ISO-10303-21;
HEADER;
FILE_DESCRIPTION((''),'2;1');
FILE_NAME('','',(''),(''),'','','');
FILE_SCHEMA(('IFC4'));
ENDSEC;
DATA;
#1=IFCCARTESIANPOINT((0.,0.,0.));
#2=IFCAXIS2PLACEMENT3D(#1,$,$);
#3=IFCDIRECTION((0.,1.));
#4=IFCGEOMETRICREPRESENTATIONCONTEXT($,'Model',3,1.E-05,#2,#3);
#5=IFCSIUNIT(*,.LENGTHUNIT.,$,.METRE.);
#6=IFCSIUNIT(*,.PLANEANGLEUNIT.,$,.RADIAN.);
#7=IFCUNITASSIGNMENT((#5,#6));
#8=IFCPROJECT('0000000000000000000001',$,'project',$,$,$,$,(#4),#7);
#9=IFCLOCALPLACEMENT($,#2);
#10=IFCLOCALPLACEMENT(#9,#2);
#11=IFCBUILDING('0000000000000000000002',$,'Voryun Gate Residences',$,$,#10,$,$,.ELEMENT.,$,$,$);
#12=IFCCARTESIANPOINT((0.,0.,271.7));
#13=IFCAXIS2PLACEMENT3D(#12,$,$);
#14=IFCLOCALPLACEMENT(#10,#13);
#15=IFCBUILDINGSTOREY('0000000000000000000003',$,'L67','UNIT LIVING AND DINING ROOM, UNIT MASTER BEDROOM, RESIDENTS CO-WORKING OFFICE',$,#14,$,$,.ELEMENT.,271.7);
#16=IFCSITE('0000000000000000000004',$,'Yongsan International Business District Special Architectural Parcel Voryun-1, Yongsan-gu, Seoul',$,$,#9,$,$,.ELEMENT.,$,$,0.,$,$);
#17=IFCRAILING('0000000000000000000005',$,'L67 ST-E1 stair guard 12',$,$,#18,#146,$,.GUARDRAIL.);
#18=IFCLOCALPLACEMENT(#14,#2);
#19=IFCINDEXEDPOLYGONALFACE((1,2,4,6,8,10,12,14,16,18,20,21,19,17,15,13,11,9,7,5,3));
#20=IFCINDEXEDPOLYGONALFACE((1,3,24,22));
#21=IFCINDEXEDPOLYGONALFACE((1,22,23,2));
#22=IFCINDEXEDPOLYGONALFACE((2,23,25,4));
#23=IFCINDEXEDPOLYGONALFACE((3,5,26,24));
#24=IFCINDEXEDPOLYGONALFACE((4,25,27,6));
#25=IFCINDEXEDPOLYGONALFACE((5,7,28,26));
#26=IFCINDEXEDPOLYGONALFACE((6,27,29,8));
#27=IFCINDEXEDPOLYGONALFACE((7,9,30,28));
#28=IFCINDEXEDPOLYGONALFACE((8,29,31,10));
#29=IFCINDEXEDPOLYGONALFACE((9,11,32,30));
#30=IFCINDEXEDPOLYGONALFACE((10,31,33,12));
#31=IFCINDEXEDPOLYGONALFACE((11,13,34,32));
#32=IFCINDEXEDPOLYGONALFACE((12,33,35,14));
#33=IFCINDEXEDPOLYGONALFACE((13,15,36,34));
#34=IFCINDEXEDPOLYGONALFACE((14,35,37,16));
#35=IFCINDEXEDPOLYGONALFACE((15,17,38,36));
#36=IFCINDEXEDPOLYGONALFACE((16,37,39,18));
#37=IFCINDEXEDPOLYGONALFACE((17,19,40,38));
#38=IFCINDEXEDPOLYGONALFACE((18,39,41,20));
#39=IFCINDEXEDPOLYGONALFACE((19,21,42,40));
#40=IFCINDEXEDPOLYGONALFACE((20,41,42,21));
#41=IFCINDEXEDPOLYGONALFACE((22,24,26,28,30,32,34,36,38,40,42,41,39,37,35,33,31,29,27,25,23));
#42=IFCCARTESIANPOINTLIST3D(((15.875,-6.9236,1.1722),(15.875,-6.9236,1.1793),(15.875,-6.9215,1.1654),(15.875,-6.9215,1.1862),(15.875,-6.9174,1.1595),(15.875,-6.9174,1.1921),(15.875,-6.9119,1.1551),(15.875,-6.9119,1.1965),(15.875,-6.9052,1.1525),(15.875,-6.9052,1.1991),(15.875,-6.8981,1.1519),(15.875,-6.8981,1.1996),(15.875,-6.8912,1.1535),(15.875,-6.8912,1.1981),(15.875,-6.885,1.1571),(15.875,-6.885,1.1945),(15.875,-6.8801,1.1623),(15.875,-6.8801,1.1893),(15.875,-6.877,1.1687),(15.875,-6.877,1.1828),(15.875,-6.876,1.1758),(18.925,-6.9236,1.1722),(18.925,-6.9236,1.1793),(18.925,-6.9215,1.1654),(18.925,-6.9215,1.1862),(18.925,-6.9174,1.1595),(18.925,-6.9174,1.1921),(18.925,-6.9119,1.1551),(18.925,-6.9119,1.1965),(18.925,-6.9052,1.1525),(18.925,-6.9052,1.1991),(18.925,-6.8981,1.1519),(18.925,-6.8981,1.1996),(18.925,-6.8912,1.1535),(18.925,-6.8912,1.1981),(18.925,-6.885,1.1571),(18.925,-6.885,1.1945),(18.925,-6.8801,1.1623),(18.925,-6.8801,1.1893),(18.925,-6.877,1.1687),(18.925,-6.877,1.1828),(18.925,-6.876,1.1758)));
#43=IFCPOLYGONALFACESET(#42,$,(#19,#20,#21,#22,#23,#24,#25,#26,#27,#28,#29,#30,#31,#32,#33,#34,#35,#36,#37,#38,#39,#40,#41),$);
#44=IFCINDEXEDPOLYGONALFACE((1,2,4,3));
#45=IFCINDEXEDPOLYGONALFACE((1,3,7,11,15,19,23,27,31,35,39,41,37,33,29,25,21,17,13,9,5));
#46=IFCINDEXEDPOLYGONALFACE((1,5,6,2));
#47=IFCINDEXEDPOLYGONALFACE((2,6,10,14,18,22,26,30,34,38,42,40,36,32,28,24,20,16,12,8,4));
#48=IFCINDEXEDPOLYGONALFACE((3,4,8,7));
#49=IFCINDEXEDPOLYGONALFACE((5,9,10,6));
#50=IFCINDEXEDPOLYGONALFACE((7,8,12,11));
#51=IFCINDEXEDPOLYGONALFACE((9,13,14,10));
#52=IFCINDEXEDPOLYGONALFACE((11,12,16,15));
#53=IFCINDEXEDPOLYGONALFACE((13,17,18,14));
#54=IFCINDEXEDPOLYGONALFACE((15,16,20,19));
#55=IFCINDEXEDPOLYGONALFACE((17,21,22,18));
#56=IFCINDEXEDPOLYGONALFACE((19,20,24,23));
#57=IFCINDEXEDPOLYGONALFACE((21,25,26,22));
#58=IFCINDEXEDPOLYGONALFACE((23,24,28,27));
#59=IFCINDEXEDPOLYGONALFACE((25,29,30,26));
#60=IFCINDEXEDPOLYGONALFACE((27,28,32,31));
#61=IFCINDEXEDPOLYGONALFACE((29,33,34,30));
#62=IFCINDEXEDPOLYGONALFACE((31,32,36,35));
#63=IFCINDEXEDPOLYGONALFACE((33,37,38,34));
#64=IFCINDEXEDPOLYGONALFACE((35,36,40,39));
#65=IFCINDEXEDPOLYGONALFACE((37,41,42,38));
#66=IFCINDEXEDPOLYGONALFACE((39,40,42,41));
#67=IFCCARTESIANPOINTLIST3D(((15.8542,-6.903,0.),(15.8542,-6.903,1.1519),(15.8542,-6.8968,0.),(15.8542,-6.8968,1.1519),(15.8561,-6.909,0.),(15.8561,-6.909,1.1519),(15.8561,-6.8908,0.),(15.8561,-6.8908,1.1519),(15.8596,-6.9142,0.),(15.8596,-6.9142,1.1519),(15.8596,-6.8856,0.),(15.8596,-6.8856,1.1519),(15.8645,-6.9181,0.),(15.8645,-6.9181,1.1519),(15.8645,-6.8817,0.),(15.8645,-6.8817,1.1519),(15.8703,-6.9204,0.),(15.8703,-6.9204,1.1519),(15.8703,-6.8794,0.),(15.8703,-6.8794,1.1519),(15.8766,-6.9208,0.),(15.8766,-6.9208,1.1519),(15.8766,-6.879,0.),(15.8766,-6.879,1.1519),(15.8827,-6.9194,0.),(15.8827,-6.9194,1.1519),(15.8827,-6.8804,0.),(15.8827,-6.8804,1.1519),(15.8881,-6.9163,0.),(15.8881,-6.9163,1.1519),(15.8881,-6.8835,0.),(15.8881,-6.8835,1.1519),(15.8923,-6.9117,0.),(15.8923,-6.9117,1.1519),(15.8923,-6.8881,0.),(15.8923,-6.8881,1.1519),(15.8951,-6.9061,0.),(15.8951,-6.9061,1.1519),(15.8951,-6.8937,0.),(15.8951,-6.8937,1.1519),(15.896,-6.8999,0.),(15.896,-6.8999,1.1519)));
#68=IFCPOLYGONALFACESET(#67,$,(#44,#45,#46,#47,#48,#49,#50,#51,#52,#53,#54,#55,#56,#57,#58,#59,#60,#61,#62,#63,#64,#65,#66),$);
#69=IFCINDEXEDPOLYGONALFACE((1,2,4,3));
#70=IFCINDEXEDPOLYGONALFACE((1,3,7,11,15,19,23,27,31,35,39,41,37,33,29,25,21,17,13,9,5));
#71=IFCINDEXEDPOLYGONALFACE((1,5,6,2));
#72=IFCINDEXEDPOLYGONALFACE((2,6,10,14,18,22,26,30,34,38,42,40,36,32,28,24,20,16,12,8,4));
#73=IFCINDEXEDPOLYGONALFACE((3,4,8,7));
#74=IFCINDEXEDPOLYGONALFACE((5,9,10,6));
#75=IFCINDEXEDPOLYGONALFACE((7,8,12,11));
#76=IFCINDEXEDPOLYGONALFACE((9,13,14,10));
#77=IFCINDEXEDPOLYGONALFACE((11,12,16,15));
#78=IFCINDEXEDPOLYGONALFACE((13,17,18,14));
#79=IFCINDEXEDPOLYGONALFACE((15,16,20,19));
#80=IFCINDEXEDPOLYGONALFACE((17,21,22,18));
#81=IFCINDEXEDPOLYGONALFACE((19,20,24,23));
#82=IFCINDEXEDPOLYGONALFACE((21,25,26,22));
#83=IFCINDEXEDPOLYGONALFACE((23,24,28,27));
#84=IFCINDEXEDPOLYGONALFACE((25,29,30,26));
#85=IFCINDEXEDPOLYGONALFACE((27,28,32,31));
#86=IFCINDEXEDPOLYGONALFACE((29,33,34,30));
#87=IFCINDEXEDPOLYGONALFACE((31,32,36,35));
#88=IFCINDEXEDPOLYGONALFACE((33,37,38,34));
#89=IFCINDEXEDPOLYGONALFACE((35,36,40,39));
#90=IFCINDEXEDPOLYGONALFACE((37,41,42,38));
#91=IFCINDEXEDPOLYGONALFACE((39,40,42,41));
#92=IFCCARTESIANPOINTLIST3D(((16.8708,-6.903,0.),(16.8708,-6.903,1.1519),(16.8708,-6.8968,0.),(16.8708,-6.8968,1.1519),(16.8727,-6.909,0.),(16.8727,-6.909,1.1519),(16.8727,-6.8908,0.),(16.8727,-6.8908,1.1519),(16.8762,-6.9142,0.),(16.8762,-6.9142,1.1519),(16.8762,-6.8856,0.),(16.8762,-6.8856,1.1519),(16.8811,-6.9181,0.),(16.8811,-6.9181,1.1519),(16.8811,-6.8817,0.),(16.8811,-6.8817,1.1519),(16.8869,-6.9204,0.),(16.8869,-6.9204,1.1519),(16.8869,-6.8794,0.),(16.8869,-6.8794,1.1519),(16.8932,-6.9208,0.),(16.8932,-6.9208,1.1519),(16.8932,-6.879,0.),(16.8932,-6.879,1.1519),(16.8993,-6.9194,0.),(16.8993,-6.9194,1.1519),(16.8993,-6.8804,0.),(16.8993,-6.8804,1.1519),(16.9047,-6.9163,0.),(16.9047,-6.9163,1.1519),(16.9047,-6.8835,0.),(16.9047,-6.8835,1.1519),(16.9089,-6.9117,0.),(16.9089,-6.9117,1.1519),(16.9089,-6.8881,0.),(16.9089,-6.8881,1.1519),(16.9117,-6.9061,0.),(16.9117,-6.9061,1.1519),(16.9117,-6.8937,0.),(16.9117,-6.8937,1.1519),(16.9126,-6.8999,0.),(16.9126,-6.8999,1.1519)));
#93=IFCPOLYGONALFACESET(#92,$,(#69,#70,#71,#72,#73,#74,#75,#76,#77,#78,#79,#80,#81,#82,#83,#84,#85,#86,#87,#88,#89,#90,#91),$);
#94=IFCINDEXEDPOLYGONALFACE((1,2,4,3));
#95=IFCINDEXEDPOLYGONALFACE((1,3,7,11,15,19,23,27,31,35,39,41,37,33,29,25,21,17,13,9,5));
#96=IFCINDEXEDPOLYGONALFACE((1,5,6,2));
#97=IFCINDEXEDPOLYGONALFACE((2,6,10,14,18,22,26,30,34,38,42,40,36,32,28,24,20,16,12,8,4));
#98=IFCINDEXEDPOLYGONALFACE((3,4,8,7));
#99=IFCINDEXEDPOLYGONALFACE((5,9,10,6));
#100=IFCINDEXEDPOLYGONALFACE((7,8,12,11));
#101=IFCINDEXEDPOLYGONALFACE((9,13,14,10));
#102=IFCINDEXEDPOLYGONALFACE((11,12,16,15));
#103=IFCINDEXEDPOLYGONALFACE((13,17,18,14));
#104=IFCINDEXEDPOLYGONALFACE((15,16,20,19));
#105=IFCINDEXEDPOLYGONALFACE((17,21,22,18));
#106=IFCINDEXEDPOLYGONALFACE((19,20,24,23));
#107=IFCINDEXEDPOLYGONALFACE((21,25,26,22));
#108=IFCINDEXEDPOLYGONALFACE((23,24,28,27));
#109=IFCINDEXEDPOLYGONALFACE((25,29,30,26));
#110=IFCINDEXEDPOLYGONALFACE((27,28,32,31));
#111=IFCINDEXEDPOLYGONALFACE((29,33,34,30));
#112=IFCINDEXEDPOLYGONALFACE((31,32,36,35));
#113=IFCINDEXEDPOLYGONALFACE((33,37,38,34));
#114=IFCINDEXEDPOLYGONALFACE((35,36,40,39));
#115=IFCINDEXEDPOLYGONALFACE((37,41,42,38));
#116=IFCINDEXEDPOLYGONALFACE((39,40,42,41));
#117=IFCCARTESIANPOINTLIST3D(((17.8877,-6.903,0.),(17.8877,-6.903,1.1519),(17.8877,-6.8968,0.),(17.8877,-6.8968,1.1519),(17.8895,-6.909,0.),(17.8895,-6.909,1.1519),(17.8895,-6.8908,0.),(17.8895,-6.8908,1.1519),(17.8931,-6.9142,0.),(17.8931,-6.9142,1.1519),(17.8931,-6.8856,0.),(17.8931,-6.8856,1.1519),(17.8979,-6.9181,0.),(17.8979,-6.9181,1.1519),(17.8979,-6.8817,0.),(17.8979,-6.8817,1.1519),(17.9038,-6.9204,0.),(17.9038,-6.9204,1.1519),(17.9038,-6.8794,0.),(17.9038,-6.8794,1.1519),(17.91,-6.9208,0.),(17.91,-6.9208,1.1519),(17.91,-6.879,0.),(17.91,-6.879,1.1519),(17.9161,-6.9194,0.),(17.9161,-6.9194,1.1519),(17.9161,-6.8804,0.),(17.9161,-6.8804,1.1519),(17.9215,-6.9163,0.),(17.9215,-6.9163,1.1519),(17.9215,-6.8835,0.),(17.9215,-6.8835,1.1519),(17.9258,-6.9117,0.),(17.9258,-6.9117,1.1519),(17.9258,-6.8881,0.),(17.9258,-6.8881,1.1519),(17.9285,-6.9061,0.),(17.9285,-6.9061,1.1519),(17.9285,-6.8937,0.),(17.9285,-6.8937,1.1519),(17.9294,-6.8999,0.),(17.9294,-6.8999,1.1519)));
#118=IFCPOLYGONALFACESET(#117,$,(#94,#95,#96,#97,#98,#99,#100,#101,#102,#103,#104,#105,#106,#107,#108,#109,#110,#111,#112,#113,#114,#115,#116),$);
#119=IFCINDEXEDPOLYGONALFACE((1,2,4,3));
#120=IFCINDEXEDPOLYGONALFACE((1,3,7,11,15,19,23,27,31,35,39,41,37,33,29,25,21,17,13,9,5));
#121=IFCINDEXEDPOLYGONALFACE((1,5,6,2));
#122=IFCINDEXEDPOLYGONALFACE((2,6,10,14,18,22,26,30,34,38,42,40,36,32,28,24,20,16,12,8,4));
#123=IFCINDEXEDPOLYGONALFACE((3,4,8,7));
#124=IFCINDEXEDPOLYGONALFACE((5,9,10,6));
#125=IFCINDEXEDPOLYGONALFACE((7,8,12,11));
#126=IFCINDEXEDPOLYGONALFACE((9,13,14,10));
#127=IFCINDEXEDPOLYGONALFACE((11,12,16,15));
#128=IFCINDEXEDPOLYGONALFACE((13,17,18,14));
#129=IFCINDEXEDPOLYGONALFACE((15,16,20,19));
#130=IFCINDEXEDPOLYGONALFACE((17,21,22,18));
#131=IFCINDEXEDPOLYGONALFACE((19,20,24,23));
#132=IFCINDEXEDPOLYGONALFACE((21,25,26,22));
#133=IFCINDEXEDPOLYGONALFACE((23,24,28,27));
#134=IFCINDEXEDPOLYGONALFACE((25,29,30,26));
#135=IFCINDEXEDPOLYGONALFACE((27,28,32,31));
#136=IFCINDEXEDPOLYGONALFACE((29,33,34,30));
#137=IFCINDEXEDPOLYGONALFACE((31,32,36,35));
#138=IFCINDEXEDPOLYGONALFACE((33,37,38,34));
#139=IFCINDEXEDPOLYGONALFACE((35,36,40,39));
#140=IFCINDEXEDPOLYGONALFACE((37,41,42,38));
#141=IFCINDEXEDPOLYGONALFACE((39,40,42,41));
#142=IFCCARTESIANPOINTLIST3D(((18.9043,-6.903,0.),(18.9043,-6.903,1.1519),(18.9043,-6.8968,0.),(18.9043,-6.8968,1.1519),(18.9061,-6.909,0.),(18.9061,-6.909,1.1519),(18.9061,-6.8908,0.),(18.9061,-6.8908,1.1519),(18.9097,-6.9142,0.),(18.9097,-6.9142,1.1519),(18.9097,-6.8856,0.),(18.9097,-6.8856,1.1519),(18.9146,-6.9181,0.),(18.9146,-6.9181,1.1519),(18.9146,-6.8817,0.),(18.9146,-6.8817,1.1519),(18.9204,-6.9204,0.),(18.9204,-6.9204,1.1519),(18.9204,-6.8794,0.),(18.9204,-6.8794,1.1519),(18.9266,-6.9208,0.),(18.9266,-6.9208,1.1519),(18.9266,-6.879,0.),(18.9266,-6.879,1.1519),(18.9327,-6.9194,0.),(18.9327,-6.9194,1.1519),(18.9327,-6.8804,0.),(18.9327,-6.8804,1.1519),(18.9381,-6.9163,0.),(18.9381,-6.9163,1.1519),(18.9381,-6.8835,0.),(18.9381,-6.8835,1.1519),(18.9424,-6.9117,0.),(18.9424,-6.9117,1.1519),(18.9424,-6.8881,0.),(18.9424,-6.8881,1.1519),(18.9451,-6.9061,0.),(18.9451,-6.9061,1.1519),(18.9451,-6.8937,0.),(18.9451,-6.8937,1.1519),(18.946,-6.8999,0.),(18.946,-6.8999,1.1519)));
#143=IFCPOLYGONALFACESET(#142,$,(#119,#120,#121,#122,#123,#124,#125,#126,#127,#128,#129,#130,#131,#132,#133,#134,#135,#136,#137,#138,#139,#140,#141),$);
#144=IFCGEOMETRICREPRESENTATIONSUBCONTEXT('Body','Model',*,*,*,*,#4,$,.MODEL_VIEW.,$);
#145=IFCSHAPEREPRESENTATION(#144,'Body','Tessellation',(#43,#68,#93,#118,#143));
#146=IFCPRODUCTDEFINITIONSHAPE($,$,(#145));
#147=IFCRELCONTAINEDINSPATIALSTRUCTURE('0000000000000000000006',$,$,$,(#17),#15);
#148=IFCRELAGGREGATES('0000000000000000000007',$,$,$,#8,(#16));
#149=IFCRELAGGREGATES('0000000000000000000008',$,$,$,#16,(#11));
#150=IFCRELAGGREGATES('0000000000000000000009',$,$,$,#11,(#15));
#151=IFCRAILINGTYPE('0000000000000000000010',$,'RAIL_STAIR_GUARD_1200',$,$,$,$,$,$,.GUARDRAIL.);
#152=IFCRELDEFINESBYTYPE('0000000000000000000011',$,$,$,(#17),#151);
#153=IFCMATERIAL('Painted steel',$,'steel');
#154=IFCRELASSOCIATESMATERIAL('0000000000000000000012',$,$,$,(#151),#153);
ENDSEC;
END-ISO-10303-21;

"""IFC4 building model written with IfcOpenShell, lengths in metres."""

from ifc_helpers import new_model, si_unit, direction, frame, origin, origin_2d, place, context, subcontext, project, spatial, circle, extrude, material, type_object, element, save


model = new_model("IFC4")

# Units and contexts
model_context = context("Model", 3, precision=1e-05, world=origin(), true_north=direction((0.0, 1.0)))
body_context = subcontext(model_context, "Body", "Model", "MODEL_VIEW")
ifc_project = project(units=[si_unit("LENGTHUNIT", "METRE"), si_unit("PLANEANGLEUNIT", "RADIAN")], contexts=[model_context])

# Site, building, storey
site_placement = place(None, origin())
site = spatial("IfcSite", under=ifc_project, at=site_placement, Name="Yongsan International Business District Special Architectural Parcel Voryun-1, Yongsan-gu, Seoul", CompositionType="ELEMENT", RefElevation=0.0)
building_placement = place(site_placement, origin())
building = spatial("IfcBuilding", under=site, at=building_placement, Name="Voryun Gate Residences", CompositionType="ELEMENT")
storey_placement = place(building_placement, frame((0.0, 0.0, 271.7)))
storey = spatial("IfcBuildingStorey", under=building, at=storey_placement, Name="L67", Description="UNIT LIVING AND DINING ROOM, UNIT MASTER BEDROOM, RESIDENTS CO-WORKING OFFICE", CompositionType="ELEMENT", Elevation=271.7)

# Railing
ifc_material_1 = material(Name="Painted steel", Category="steel")
railing_type_1 = type_object("IfcRailingType", Name="RAIL_STAIR_GUARD_1200", PredefinedType="GUARDRAIL", material=ifc_material_1)
railing_1_placement = place(storey_placement, frame((15.875, -6.8999, 0.0)))
element("IfcRailing", 1, at=railing_1_placement, inside=storey, type_object=railing_type_1, Name="L67 ST-E1 stair guard 12", PredefinedType="GUARDRAIL", context=body_context, shape_type="SweptSolid", body=[
    extrude(circle(Radius=0.0239, at=origin_2d()), frame((0.0, 0.0, 1.1758), z_axis=(1.0, 0.0, 0.0), x_axis=(0.0, 1.0, 0.0)), (0.0, 0.0, 1.0), 3.05),
    extrude(circle(Radius=0.021, at=origin_2d()), origin(), (0.0, 0.0, 1.0), 1.1519),
    extrude(circle(Radius=0.021, at=origin_2d()), frame((1.0166, 0.0, 0.0)), (0.0, 0.0, 1.0), 1.1519),
    extrude(circle(Radius=0.021, at=origin_2d()), frame((2.0334, 0.0, 0.0)), (0.0, 0.0, 1.0), 1.1519),
    extrude(circle(Radius=0.021, at=origin_2d()), frame((3.05, 0.0, 0.0)), (0.0, 0.0, 1.0), 1.1519),
])

save(model, "model.ifc")
